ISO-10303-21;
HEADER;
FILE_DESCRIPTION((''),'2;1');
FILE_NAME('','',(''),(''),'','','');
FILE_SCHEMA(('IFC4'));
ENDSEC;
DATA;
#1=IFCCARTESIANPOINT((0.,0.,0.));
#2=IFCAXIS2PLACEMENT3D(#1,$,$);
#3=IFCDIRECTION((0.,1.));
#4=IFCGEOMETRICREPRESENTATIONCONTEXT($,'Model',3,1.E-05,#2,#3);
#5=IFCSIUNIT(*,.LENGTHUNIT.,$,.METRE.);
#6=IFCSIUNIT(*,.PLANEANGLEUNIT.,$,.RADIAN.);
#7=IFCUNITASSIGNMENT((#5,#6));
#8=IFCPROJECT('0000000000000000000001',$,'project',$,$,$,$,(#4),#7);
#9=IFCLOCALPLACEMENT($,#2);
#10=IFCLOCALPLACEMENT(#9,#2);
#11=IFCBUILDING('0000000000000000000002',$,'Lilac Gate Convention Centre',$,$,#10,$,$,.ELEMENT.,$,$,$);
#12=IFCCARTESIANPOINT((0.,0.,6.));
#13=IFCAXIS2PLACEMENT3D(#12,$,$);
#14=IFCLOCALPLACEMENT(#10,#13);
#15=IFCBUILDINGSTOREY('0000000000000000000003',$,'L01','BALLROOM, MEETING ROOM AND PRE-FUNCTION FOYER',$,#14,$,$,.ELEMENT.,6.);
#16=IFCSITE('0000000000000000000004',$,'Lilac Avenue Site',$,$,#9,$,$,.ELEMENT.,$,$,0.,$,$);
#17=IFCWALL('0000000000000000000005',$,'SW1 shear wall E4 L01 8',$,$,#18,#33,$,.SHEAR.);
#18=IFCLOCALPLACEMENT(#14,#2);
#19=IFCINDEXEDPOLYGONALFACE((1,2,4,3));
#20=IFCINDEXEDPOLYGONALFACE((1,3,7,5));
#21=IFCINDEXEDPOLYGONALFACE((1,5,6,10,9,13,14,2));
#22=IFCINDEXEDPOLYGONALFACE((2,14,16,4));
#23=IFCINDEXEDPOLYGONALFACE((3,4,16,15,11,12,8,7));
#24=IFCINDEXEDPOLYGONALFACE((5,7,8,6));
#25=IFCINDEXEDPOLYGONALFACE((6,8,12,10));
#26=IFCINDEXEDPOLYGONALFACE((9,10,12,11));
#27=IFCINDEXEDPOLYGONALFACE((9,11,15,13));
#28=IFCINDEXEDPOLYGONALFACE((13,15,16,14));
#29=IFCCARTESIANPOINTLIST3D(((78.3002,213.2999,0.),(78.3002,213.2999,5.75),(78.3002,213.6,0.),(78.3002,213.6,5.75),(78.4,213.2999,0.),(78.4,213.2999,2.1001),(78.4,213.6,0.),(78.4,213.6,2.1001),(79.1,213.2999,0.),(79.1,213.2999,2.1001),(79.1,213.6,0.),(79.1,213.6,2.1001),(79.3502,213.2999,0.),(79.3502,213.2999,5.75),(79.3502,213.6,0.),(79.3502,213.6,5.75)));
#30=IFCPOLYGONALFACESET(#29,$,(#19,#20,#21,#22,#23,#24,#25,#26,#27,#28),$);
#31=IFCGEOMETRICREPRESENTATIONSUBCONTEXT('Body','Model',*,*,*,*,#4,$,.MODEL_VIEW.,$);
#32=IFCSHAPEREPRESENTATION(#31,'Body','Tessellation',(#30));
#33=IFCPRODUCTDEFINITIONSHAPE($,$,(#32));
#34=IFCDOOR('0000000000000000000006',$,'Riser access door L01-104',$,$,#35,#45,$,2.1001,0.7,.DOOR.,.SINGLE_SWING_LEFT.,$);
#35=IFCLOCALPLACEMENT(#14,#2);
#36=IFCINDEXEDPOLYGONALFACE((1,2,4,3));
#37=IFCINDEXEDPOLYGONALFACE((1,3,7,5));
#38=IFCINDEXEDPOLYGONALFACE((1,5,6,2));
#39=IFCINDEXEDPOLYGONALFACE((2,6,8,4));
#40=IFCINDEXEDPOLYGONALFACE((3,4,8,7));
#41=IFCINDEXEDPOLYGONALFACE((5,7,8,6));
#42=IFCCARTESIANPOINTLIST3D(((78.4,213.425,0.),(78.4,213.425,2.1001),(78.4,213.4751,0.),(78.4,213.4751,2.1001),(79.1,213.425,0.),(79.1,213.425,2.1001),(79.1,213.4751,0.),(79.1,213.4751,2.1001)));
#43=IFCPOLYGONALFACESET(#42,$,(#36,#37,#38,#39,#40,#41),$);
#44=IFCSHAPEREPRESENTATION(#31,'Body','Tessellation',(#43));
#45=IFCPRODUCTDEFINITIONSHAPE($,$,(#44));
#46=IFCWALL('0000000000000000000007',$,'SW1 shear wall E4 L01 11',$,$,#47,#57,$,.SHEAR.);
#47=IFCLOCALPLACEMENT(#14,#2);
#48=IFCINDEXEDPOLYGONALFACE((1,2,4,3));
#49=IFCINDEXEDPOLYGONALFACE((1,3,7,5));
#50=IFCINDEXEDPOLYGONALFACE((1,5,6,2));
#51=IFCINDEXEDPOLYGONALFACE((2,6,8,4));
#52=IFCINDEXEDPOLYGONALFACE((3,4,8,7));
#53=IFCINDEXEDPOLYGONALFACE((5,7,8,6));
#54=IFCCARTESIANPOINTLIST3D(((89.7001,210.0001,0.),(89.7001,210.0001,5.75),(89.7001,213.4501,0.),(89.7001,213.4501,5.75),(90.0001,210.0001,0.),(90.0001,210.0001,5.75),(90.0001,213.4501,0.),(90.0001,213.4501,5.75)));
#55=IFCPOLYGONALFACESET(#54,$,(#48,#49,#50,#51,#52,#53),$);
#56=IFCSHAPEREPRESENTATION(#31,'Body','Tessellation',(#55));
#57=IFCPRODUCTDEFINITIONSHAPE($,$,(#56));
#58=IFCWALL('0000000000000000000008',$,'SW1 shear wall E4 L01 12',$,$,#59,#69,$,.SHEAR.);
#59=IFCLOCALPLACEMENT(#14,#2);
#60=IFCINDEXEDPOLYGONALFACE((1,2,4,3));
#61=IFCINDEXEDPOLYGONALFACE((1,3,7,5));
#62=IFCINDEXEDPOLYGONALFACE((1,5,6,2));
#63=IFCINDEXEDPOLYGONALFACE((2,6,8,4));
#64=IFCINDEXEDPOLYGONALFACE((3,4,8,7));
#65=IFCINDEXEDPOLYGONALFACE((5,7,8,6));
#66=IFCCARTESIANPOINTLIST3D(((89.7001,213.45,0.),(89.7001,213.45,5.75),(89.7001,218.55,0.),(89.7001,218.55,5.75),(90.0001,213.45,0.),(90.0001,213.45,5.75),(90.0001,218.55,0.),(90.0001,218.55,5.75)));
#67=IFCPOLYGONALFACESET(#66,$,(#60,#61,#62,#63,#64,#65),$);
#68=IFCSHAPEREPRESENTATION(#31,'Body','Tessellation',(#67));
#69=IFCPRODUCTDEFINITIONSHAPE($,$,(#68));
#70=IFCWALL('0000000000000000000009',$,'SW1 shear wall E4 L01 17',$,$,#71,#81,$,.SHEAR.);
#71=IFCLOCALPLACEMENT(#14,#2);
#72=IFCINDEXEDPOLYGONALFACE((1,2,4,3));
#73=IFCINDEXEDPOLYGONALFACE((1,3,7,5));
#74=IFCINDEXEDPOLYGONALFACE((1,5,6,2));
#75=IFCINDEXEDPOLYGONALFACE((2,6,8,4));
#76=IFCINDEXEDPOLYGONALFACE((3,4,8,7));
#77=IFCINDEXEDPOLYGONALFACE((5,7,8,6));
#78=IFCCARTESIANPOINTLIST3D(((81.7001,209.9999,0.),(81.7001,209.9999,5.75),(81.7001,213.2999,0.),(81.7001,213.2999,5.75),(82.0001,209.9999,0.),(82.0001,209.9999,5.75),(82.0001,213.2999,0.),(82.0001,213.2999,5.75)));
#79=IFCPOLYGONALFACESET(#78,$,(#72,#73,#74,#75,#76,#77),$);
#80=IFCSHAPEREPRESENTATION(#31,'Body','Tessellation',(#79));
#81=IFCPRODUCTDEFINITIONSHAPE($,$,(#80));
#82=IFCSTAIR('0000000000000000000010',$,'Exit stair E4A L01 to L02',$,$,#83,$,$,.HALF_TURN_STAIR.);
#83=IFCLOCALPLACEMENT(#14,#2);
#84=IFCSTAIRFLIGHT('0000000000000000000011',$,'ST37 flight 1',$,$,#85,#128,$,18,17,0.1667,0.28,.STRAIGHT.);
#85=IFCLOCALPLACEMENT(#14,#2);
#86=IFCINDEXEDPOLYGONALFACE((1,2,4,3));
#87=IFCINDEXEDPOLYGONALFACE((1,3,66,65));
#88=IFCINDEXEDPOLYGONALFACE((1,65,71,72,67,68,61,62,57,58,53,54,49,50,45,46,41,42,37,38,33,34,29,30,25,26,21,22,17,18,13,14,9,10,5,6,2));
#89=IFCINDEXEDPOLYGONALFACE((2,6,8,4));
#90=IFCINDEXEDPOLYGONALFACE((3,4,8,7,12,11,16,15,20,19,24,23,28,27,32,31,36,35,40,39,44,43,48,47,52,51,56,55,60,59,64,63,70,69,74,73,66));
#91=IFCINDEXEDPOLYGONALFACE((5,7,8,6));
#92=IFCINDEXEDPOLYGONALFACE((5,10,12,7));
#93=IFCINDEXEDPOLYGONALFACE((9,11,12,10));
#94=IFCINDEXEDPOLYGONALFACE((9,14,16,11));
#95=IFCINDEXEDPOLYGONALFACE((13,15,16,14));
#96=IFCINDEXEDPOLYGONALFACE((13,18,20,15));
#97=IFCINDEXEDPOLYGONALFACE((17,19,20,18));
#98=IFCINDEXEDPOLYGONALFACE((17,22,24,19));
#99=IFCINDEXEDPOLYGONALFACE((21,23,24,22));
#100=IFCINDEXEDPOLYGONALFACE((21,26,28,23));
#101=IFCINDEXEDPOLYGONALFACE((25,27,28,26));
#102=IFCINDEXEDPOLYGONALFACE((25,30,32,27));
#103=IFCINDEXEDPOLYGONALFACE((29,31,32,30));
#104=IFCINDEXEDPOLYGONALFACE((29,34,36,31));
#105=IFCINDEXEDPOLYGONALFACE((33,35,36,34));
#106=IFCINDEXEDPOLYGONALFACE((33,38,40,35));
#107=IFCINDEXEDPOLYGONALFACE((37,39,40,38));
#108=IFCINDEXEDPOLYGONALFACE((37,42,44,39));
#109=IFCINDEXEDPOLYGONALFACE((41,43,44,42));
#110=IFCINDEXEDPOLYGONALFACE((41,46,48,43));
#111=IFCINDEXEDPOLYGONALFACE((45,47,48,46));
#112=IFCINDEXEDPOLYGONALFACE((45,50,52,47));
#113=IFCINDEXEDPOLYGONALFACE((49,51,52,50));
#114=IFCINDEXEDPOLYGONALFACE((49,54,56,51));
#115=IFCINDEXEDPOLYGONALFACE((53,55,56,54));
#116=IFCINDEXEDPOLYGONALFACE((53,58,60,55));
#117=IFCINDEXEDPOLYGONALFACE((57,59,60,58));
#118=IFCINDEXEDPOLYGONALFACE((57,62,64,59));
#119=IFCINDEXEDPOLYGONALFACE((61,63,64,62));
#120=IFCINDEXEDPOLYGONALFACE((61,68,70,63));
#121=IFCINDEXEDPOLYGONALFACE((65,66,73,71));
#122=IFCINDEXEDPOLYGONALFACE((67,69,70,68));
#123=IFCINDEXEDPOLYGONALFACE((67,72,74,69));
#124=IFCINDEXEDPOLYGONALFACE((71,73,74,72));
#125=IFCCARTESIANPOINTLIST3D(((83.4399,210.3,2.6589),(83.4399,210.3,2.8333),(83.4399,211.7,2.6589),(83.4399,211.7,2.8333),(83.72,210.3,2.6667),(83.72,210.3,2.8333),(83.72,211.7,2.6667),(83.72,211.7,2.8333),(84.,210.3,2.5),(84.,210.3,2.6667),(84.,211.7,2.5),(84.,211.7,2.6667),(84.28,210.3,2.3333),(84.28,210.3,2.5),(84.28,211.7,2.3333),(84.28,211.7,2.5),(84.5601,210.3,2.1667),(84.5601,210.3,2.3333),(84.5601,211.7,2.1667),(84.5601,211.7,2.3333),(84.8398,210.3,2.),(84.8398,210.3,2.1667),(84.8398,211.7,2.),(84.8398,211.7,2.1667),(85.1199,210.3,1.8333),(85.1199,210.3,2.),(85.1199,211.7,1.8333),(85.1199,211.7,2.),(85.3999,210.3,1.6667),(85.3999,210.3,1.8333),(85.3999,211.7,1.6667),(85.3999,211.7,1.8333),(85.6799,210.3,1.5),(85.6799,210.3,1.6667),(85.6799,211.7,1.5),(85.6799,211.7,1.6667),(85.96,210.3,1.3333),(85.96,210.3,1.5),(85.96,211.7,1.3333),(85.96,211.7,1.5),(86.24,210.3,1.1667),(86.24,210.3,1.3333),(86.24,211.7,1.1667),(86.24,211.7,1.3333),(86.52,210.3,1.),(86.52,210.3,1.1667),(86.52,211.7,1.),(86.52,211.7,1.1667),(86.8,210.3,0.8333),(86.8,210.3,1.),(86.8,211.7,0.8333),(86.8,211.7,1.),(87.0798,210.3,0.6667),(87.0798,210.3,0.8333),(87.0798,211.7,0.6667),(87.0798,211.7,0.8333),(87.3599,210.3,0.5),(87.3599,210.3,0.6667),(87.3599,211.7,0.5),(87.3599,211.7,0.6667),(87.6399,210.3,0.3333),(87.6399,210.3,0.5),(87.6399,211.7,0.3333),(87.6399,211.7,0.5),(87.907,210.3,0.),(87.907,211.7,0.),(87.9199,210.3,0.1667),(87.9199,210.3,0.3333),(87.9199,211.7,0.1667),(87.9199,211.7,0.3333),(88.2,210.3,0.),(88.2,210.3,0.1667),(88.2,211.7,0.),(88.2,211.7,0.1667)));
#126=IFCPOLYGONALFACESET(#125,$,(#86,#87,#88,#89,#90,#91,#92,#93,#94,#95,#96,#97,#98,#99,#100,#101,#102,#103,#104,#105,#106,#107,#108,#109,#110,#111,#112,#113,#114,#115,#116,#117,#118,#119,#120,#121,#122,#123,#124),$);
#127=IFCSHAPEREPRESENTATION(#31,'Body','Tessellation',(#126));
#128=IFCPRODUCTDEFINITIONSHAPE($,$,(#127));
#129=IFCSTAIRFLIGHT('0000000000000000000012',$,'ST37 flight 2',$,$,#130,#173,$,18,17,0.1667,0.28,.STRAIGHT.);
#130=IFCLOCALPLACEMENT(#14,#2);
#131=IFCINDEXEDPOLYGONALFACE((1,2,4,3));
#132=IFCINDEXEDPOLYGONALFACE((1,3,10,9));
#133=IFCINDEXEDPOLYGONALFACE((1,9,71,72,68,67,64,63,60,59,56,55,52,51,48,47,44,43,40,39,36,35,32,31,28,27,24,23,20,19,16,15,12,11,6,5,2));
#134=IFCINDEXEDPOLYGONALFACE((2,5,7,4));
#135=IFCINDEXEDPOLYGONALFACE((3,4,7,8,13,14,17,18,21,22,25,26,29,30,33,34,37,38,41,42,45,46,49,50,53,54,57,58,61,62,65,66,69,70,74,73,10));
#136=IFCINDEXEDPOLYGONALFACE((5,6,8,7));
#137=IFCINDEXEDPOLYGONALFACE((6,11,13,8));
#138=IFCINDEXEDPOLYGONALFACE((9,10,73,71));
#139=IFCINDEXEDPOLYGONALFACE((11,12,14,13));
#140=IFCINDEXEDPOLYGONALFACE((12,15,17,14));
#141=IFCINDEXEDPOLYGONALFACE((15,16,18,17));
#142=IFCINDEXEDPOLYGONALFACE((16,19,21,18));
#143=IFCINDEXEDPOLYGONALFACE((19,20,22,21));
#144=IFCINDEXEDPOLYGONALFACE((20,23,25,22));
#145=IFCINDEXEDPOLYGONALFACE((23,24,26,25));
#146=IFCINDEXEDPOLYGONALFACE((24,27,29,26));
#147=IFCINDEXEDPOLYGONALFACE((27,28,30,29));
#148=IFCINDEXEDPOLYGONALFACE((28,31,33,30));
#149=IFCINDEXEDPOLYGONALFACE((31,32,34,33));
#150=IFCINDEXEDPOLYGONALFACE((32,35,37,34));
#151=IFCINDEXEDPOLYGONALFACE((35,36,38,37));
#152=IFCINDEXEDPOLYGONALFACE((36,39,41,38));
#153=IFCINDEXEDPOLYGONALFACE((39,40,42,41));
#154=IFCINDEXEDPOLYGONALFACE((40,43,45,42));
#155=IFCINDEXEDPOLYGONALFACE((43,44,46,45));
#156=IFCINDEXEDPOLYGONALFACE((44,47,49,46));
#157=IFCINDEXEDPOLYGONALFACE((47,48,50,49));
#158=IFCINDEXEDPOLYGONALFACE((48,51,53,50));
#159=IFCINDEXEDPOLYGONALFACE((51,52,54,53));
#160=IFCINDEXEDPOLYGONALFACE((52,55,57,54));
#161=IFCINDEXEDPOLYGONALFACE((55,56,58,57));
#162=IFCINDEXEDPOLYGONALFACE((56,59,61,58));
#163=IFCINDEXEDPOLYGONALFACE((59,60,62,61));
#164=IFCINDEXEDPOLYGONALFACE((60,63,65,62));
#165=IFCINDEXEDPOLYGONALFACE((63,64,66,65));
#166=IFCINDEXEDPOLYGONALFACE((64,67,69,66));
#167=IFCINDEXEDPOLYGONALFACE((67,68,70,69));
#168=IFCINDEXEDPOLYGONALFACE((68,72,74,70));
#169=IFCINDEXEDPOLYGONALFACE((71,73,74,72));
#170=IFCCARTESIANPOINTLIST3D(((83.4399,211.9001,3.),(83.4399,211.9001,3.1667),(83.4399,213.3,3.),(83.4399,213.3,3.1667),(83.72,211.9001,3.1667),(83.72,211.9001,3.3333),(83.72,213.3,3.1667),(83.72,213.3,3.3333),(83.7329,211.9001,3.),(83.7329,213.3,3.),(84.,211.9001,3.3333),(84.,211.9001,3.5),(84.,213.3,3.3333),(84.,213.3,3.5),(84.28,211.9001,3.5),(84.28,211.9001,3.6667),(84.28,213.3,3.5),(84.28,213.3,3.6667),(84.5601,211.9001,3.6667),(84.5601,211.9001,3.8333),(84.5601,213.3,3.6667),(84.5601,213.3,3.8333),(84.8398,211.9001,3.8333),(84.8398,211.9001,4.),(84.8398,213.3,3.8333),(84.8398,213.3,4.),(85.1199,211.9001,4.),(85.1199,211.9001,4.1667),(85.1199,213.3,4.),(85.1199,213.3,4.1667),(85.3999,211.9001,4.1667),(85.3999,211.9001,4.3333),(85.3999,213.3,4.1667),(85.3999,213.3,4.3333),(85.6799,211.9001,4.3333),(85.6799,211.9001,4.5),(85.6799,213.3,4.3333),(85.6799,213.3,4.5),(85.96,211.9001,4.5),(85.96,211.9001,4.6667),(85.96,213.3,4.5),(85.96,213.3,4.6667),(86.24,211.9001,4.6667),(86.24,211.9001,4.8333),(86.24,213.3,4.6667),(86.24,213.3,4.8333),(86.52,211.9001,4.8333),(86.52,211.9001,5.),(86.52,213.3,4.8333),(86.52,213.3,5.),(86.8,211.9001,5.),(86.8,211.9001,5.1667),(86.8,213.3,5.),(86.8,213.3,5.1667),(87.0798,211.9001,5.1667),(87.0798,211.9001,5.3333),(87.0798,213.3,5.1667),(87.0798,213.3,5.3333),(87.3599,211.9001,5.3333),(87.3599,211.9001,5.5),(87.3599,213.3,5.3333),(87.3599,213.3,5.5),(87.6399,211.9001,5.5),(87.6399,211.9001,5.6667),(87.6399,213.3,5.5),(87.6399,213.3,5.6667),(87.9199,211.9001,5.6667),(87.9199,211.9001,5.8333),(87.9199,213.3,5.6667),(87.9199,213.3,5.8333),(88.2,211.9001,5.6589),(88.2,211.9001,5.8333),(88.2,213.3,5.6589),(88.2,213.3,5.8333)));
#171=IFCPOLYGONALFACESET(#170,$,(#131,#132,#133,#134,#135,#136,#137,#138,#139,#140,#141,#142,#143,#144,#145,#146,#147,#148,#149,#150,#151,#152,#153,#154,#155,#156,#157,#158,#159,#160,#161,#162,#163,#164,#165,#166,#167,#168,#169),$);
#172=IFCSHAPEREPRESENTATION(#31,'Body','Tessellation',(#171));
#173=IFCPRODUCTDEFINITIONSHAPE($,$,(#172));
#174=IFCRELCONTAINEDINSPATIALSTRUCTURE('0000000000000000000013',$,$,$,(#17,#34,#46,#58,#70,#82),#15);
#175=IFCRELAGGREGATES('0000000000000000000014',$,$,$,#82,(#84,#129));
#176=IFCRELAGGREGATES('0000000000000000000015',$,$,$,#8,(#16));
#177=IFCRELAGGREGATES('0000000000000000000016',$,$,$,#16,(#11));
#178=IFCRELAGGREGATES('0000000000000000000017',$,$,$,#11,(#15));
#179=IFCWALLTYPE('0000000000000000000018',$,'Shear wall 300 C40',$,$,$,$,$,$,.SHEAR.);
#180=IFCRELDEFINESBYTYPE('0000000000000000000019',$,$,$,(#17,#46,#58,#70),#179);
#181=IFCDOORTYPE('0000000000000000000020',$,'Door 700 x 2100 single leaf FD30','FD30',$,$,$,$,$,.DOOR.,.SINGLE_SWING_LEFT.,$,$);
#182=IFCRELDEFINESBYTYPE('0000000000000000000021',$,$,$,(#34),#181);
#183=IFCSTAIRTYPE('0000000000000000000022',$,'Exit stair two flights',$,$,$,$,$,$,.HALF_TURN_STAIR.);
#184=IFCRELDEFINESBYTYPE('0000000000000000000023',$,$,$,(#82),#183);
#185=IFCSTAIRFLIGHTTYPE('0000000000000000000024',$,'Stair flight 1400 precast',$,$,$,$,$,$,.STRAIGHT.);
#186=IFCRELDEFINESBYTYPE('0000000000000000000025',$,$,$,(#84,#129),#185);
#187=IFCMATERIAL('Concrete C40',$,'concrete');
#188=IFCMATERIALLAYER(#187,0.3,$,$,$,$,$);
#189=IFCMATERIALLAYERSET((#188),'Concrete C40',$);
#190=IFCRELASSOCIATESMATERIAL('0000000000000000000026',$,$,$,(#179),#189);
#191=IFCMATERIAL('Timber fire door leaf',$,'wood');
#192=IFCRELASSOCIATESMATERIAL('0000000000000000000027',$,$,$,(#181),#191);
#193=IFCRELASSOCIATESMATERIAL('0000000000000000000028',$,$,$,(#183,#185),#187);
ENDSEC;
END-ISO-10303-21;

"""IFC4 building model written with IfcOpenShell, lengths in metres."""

from ifc_helpers import new_model, si_unit, direction, frame, frame_2d, origin, place, context, subcontext, project, spatial, polyline, rectangle, outline, extrude, material, layer, layer_set, type_object, element, fill, aggregate, save


model = new_model("IFC4")

# Units and contexts
model_context = context("Model", 3, precision=1e-05, world=origin(), true_north=direction((0.0, 1.0)))
body_context = subcontext(model_context, "Body", "Model", "MODEL_VIEW")
ifc_project = project(units=[si_unit("LENGTHUNIT", "METRE"), si_unit("PLANEANGLEUNIT", "RADIAN")], contexts=[model_context])

# Site, building, storey
site_placement = place(None, origin())
site = spatial("IfcSite", under=ifc_project, at=site_placement, Name="Lilac Avenue Site", CompositionType="ELEMENT", RefElevation=0.0)
building_placement = place(site_placement, origin())
building = spatial("IfcBuilding", under=site, at=building_placement, Name="Lilac Gate Convention Centre", CompositionType="ELEMENT")
storey_placement = place(building_placement, frame((0.0, 0.0, 6.0)))
storey = spatial("IfcBuildingStorey", under=building, at=storey_placement, Name="L01", Description="BALLROOM, MEETING ROOM AND PRE-FUNCTION FOYER", CompositionType="ELEMENT", Elevation=6.0)

# Shared definitions
ifc_material_1 = material(Name="Concrete C40", Category="concrete")
ifc_layer_1 = layer(ifc_material_1, 0.3)
ifc_layer_set_1 = layer_set([ifc_layer_1], Name="Concrete C40")
wall_type_1 = type_object("IfcWallType", Name="Shear wall 300 C40", PredefinedType="SHEAR", material=ifc_layer_set_1)
ifc_material_2 = material(Name="Timber fire door leaf", Category="wood")

# Wall, opening, door
wall_1_placement = place(storey_placement, frame((79.3501, 213.45, 0.0), z_axis=(0.0, 0.0, 1.0), x_axis=(-1.0, 0.0, 0.0)))
wall_1 = element("IfcWall", 1, at=wall_1_placement, inside=storey, type_object=wall_type_1, Name="SW1 shear wall E4 L01 8", PredefinedType="SHEAR", context=body_context, shape_type="SweptSolid", body=[
    extrude(rectangle(XDim=1.05, YDim=0.3, at=frame_2d((0.5249, 0.0))), origin(), (0.0, 0.0, 1.0), 5.75),
])
opening_1_placement = place(wall_1_placement, frame((0.25, 0.0, 0.0)))
opening_1 = element("IfcOpeningElement", 2, at=opening_1_placement, cuts=wall_1, PredefinedType="OPENING", context=body_context, shape_type="SweptSolid", body=[
    extrude(rectangle(XDim=0.7, YDim=2.1001, at=frame_2d((0.3501, 1.05))), frame((0.0, 0.1599, 0.0), z_axis=(0.0, -1.0, 0.0), x_axis=(1.0, 0.0, 0.0)), (0.0, 0.0, 1.0), 0.3201),
])
door_type_1 = type_object("IfcDoorType", Name="Door 700 x 2100 single leaf FD30", Description="FD30", OperationType="SINGLE_SWING_LEFT", PredefinedType="DOOR", material=ifc_material_2)
door_1_placement = place(opening_1_placement, origin())
door_1 = element("IfcDoor", 3, at=door_1_placement, inside=storey, type_object=door_type_1, Name="Riser access door L01-104", OperationType="SINGLE_SWING_LEFT", OverallHeight=2.1001, OverallWidth=0.7, PredefinedType="DOOR", context=body_context, shape_type="SweptSolid", body=[
    extrude(rectangle(XDim=0.7, YDim=2.1001, at=frame_2d((0.3501, 1.05))), frame((0.0, 0.0249, 0.0), z_axis=(0.0, -1.0, 0.0), x_axis=(1.0, 0.0, 0.0)), (0.0, 0.0, 1.0), 0.05),
])
fill(opening_1, door_1)

# Walls
wall_2_placement = place(storey_placement, frame((89.8501, 210.0, 0.0), z_axis=(0.0, 0.0, 1.0), x_axis=(0.0, 1.0, 0.0)))
element("IfcWall", 4, at=wall_2_placement, inside=storey, type_object=wall_type_1, Name="SW1 shear wall E4 L01 11", PredefinedType="SHEAR", context=body_context, shape_type="SweptSolid", body=[
    extrude(rectangle(XDim=3.45, YDim=0.3, at=frame_2d((1.7251, 0.0))), origin(), (0.0, 0.0, 1.0), 5.75),
])
wall_3_placement = place(storey_placement, frame((89.8501, 213.45, 0.0), z_axis=(0.0, 0.0, 1.0), x_axis=(0.0, 1.0, 0.0)))
element("IfcWall", 5, at=wall_3_placement, inside=storey, type_object=wall_type_1, Name="SW1 shear wall E4 L01 12", PredefinedType="SHEAR", context=body_context, shape_type="SweptSolid", body=[
    extrude(rectangle(XDim=5.1001, YDim=0.3, at=frame_2d((2.55, 0.0))), origin(), (0.0, 0.0, 1.0), 5.75),
])
wall_4_placement = place(storey_placement, frame((81.8501, 210.0, 0.0), z_axis=(0.0, 0.0, 1.0), x_axis=(0.0, 1.0, 0.0)))
element("IfcWall", 6, at=wall_4_placement, inside=storey, type_object=wall_type_1, Name="SW1 shear wall E4 L01 17", PredefinedType="SHEAR", context=body_context, shape_type="SweptSolid", body=[
    extrude(rectangle(XDim=3.3, YDim=0.3, at=frame_2d((1.6499, 0.0))), origin(), (0.0, 0.0, 1.0), 5.75),
])

# Stair, stair flights
stair_type = type_object("IfcStairType", Name="Exit stair two flights", PredefinedType="HALF_TURN_STAIR", material=ifc_material_1)
stair_placement = place(storey_placement, origin())
stair = element("IfcStair", 7, at=stair_placement, inside=storey, type_object=stair_type, Name="Exit stair E4A L01 to L02", PredefinedType="HALF_TURN_STAIR")
stair_flight_type = type_object("IfcStairFlightType", Name="Stair flight 1400 precast", PredefinedType="STRAIGHT", material=ifc_material_1)
stair_flight_1_placement = place(storey_placement, frame((88.2, 211.0, 0.0), z_axis=(0.0, 0.0, 1.0), x_axis=(-1.0, 0.0, 0.0)))
stair_flight_1 = element("IfcStairFlight", 8, at=stair_flight_1_placement, type_object=stair_flight_type, Name="ST37 flight 1", NumberOfRisers=18, NumberOfTreads=17, PredefinedType="STRAIGHT", RiserHeight=0.1667, TreadLength=0.28, context=body_context, shape_type="SweptSolid", body=[
    extrude(outline(polyline([(0.0, 0.0), (0.0, 0.1667), (0.28, 0.1667), (0.28, 0.3333), (0.5601, 0.3333), (0.5601, 0.5), (0.8401, 0.5), (0.8401, 0.6667), (1.1201, 0.6667), (1.1201, 0.8333), (1.3999, 0.8333), (1.3999, 1.0), (1.6799, 1.0), (1.6799, 1.1667), (1.96, 1.1667), (1.96, 1.3333), (2.24, 1.3333), (2.24, 1.5), (2.52, 1.5), (2.52, 1.6667), (2.8, 1.6667), (2.8, 1.8333), (3.0801, 1.8333), (3.0801, 2.0), (3.3601, 2.0), (3.3601, 2.1667), (3.6399, 2.1667), (3.6399, 2.3333), (3.9199, 2.3333), (3.9199, 2.5), (4.2, 2.5), (4.2, 2.6667), (4.48, 2.6667), (4.48, 2.8333), (4.76, 2.8333), (4.76, 3.0), (4.76, 2.6589), (0.293, 0.0), (0.0, 0.0)])), frame((0.0, 0.7, 0.0), z_axis=(0.0, -1.0, 0.0), x_axis=(1.0, 0.0, 0.0)), (0.0, 0.0, 1.0), 1.3999),
])
stair_flight_2_placement = place(storey_placement, frame((83.4399, 212.6001, 3.0), z_axis=(0.0, 0.0, 1.0), x_axis=(1.0, 0.0, 0.0)))
stair_flight_2 = element("IfcStairFlight", 9, at=stair_flight_2_placement, type_object=stair_flight_type, Name="ST37 flight 2", NumberOfRisers=18, NumberOfTreads=17, PredefinedType="STRAIGHT", RiserHeight=0.1667, TreadLength=0.28, context=body_context, shape_type="SweptSolid", body=[
    extrude(outline(polyline([(0.0, 0.0), (0.0, 0.1667), (0.28, 0.1667), (0.28, 0.3333), (0.5601, 0.3333), (0.5601, 0.5), (0.8401, 0.5), (0.8401, 0.6667), (1.1201, 0.6667), (1.1201, 0.8333), (1.3999, 0.8333), (1.3999, 1.0), (1.6799, 1.0), (1.6799, 1.1667), (1.96, 1.1667), (1.96, 1.3333), (2.24, 1.3333), (2.24, 1.5), (2.52, 1.5), (2.52, 1.6667), (2.8, 1.6667), (2.8, 1.8333), (3.0801, 1.8333), (3.0801, 2.0), (3.3601, 2.0), (3.3601, 2.1667), (3.6399, 2.1667), (3.6399, 2.3333), (3.9199, 2.3333), (3.9199, 2.5), (4.2, 2.5), (4.2, 2.6667), (4.48, 2.6667), (4.48, 2.8333), (4.76, 2.8333), (4.76, 3.0), (4.76, 2.6589), (0.293, 0.0), (0.0, 0.0)])), frame((0.0, 0.7, 0.0), z_axis=(0.0, -1.0, 0.0), x_axis=(1.0, 0.0, 0.0)), (0.0, 0.0, 1.0), 1.3999),
])
aggregate(stair, [stair_flight_1, stair_flight_2])

save(model, "model.ifc")
